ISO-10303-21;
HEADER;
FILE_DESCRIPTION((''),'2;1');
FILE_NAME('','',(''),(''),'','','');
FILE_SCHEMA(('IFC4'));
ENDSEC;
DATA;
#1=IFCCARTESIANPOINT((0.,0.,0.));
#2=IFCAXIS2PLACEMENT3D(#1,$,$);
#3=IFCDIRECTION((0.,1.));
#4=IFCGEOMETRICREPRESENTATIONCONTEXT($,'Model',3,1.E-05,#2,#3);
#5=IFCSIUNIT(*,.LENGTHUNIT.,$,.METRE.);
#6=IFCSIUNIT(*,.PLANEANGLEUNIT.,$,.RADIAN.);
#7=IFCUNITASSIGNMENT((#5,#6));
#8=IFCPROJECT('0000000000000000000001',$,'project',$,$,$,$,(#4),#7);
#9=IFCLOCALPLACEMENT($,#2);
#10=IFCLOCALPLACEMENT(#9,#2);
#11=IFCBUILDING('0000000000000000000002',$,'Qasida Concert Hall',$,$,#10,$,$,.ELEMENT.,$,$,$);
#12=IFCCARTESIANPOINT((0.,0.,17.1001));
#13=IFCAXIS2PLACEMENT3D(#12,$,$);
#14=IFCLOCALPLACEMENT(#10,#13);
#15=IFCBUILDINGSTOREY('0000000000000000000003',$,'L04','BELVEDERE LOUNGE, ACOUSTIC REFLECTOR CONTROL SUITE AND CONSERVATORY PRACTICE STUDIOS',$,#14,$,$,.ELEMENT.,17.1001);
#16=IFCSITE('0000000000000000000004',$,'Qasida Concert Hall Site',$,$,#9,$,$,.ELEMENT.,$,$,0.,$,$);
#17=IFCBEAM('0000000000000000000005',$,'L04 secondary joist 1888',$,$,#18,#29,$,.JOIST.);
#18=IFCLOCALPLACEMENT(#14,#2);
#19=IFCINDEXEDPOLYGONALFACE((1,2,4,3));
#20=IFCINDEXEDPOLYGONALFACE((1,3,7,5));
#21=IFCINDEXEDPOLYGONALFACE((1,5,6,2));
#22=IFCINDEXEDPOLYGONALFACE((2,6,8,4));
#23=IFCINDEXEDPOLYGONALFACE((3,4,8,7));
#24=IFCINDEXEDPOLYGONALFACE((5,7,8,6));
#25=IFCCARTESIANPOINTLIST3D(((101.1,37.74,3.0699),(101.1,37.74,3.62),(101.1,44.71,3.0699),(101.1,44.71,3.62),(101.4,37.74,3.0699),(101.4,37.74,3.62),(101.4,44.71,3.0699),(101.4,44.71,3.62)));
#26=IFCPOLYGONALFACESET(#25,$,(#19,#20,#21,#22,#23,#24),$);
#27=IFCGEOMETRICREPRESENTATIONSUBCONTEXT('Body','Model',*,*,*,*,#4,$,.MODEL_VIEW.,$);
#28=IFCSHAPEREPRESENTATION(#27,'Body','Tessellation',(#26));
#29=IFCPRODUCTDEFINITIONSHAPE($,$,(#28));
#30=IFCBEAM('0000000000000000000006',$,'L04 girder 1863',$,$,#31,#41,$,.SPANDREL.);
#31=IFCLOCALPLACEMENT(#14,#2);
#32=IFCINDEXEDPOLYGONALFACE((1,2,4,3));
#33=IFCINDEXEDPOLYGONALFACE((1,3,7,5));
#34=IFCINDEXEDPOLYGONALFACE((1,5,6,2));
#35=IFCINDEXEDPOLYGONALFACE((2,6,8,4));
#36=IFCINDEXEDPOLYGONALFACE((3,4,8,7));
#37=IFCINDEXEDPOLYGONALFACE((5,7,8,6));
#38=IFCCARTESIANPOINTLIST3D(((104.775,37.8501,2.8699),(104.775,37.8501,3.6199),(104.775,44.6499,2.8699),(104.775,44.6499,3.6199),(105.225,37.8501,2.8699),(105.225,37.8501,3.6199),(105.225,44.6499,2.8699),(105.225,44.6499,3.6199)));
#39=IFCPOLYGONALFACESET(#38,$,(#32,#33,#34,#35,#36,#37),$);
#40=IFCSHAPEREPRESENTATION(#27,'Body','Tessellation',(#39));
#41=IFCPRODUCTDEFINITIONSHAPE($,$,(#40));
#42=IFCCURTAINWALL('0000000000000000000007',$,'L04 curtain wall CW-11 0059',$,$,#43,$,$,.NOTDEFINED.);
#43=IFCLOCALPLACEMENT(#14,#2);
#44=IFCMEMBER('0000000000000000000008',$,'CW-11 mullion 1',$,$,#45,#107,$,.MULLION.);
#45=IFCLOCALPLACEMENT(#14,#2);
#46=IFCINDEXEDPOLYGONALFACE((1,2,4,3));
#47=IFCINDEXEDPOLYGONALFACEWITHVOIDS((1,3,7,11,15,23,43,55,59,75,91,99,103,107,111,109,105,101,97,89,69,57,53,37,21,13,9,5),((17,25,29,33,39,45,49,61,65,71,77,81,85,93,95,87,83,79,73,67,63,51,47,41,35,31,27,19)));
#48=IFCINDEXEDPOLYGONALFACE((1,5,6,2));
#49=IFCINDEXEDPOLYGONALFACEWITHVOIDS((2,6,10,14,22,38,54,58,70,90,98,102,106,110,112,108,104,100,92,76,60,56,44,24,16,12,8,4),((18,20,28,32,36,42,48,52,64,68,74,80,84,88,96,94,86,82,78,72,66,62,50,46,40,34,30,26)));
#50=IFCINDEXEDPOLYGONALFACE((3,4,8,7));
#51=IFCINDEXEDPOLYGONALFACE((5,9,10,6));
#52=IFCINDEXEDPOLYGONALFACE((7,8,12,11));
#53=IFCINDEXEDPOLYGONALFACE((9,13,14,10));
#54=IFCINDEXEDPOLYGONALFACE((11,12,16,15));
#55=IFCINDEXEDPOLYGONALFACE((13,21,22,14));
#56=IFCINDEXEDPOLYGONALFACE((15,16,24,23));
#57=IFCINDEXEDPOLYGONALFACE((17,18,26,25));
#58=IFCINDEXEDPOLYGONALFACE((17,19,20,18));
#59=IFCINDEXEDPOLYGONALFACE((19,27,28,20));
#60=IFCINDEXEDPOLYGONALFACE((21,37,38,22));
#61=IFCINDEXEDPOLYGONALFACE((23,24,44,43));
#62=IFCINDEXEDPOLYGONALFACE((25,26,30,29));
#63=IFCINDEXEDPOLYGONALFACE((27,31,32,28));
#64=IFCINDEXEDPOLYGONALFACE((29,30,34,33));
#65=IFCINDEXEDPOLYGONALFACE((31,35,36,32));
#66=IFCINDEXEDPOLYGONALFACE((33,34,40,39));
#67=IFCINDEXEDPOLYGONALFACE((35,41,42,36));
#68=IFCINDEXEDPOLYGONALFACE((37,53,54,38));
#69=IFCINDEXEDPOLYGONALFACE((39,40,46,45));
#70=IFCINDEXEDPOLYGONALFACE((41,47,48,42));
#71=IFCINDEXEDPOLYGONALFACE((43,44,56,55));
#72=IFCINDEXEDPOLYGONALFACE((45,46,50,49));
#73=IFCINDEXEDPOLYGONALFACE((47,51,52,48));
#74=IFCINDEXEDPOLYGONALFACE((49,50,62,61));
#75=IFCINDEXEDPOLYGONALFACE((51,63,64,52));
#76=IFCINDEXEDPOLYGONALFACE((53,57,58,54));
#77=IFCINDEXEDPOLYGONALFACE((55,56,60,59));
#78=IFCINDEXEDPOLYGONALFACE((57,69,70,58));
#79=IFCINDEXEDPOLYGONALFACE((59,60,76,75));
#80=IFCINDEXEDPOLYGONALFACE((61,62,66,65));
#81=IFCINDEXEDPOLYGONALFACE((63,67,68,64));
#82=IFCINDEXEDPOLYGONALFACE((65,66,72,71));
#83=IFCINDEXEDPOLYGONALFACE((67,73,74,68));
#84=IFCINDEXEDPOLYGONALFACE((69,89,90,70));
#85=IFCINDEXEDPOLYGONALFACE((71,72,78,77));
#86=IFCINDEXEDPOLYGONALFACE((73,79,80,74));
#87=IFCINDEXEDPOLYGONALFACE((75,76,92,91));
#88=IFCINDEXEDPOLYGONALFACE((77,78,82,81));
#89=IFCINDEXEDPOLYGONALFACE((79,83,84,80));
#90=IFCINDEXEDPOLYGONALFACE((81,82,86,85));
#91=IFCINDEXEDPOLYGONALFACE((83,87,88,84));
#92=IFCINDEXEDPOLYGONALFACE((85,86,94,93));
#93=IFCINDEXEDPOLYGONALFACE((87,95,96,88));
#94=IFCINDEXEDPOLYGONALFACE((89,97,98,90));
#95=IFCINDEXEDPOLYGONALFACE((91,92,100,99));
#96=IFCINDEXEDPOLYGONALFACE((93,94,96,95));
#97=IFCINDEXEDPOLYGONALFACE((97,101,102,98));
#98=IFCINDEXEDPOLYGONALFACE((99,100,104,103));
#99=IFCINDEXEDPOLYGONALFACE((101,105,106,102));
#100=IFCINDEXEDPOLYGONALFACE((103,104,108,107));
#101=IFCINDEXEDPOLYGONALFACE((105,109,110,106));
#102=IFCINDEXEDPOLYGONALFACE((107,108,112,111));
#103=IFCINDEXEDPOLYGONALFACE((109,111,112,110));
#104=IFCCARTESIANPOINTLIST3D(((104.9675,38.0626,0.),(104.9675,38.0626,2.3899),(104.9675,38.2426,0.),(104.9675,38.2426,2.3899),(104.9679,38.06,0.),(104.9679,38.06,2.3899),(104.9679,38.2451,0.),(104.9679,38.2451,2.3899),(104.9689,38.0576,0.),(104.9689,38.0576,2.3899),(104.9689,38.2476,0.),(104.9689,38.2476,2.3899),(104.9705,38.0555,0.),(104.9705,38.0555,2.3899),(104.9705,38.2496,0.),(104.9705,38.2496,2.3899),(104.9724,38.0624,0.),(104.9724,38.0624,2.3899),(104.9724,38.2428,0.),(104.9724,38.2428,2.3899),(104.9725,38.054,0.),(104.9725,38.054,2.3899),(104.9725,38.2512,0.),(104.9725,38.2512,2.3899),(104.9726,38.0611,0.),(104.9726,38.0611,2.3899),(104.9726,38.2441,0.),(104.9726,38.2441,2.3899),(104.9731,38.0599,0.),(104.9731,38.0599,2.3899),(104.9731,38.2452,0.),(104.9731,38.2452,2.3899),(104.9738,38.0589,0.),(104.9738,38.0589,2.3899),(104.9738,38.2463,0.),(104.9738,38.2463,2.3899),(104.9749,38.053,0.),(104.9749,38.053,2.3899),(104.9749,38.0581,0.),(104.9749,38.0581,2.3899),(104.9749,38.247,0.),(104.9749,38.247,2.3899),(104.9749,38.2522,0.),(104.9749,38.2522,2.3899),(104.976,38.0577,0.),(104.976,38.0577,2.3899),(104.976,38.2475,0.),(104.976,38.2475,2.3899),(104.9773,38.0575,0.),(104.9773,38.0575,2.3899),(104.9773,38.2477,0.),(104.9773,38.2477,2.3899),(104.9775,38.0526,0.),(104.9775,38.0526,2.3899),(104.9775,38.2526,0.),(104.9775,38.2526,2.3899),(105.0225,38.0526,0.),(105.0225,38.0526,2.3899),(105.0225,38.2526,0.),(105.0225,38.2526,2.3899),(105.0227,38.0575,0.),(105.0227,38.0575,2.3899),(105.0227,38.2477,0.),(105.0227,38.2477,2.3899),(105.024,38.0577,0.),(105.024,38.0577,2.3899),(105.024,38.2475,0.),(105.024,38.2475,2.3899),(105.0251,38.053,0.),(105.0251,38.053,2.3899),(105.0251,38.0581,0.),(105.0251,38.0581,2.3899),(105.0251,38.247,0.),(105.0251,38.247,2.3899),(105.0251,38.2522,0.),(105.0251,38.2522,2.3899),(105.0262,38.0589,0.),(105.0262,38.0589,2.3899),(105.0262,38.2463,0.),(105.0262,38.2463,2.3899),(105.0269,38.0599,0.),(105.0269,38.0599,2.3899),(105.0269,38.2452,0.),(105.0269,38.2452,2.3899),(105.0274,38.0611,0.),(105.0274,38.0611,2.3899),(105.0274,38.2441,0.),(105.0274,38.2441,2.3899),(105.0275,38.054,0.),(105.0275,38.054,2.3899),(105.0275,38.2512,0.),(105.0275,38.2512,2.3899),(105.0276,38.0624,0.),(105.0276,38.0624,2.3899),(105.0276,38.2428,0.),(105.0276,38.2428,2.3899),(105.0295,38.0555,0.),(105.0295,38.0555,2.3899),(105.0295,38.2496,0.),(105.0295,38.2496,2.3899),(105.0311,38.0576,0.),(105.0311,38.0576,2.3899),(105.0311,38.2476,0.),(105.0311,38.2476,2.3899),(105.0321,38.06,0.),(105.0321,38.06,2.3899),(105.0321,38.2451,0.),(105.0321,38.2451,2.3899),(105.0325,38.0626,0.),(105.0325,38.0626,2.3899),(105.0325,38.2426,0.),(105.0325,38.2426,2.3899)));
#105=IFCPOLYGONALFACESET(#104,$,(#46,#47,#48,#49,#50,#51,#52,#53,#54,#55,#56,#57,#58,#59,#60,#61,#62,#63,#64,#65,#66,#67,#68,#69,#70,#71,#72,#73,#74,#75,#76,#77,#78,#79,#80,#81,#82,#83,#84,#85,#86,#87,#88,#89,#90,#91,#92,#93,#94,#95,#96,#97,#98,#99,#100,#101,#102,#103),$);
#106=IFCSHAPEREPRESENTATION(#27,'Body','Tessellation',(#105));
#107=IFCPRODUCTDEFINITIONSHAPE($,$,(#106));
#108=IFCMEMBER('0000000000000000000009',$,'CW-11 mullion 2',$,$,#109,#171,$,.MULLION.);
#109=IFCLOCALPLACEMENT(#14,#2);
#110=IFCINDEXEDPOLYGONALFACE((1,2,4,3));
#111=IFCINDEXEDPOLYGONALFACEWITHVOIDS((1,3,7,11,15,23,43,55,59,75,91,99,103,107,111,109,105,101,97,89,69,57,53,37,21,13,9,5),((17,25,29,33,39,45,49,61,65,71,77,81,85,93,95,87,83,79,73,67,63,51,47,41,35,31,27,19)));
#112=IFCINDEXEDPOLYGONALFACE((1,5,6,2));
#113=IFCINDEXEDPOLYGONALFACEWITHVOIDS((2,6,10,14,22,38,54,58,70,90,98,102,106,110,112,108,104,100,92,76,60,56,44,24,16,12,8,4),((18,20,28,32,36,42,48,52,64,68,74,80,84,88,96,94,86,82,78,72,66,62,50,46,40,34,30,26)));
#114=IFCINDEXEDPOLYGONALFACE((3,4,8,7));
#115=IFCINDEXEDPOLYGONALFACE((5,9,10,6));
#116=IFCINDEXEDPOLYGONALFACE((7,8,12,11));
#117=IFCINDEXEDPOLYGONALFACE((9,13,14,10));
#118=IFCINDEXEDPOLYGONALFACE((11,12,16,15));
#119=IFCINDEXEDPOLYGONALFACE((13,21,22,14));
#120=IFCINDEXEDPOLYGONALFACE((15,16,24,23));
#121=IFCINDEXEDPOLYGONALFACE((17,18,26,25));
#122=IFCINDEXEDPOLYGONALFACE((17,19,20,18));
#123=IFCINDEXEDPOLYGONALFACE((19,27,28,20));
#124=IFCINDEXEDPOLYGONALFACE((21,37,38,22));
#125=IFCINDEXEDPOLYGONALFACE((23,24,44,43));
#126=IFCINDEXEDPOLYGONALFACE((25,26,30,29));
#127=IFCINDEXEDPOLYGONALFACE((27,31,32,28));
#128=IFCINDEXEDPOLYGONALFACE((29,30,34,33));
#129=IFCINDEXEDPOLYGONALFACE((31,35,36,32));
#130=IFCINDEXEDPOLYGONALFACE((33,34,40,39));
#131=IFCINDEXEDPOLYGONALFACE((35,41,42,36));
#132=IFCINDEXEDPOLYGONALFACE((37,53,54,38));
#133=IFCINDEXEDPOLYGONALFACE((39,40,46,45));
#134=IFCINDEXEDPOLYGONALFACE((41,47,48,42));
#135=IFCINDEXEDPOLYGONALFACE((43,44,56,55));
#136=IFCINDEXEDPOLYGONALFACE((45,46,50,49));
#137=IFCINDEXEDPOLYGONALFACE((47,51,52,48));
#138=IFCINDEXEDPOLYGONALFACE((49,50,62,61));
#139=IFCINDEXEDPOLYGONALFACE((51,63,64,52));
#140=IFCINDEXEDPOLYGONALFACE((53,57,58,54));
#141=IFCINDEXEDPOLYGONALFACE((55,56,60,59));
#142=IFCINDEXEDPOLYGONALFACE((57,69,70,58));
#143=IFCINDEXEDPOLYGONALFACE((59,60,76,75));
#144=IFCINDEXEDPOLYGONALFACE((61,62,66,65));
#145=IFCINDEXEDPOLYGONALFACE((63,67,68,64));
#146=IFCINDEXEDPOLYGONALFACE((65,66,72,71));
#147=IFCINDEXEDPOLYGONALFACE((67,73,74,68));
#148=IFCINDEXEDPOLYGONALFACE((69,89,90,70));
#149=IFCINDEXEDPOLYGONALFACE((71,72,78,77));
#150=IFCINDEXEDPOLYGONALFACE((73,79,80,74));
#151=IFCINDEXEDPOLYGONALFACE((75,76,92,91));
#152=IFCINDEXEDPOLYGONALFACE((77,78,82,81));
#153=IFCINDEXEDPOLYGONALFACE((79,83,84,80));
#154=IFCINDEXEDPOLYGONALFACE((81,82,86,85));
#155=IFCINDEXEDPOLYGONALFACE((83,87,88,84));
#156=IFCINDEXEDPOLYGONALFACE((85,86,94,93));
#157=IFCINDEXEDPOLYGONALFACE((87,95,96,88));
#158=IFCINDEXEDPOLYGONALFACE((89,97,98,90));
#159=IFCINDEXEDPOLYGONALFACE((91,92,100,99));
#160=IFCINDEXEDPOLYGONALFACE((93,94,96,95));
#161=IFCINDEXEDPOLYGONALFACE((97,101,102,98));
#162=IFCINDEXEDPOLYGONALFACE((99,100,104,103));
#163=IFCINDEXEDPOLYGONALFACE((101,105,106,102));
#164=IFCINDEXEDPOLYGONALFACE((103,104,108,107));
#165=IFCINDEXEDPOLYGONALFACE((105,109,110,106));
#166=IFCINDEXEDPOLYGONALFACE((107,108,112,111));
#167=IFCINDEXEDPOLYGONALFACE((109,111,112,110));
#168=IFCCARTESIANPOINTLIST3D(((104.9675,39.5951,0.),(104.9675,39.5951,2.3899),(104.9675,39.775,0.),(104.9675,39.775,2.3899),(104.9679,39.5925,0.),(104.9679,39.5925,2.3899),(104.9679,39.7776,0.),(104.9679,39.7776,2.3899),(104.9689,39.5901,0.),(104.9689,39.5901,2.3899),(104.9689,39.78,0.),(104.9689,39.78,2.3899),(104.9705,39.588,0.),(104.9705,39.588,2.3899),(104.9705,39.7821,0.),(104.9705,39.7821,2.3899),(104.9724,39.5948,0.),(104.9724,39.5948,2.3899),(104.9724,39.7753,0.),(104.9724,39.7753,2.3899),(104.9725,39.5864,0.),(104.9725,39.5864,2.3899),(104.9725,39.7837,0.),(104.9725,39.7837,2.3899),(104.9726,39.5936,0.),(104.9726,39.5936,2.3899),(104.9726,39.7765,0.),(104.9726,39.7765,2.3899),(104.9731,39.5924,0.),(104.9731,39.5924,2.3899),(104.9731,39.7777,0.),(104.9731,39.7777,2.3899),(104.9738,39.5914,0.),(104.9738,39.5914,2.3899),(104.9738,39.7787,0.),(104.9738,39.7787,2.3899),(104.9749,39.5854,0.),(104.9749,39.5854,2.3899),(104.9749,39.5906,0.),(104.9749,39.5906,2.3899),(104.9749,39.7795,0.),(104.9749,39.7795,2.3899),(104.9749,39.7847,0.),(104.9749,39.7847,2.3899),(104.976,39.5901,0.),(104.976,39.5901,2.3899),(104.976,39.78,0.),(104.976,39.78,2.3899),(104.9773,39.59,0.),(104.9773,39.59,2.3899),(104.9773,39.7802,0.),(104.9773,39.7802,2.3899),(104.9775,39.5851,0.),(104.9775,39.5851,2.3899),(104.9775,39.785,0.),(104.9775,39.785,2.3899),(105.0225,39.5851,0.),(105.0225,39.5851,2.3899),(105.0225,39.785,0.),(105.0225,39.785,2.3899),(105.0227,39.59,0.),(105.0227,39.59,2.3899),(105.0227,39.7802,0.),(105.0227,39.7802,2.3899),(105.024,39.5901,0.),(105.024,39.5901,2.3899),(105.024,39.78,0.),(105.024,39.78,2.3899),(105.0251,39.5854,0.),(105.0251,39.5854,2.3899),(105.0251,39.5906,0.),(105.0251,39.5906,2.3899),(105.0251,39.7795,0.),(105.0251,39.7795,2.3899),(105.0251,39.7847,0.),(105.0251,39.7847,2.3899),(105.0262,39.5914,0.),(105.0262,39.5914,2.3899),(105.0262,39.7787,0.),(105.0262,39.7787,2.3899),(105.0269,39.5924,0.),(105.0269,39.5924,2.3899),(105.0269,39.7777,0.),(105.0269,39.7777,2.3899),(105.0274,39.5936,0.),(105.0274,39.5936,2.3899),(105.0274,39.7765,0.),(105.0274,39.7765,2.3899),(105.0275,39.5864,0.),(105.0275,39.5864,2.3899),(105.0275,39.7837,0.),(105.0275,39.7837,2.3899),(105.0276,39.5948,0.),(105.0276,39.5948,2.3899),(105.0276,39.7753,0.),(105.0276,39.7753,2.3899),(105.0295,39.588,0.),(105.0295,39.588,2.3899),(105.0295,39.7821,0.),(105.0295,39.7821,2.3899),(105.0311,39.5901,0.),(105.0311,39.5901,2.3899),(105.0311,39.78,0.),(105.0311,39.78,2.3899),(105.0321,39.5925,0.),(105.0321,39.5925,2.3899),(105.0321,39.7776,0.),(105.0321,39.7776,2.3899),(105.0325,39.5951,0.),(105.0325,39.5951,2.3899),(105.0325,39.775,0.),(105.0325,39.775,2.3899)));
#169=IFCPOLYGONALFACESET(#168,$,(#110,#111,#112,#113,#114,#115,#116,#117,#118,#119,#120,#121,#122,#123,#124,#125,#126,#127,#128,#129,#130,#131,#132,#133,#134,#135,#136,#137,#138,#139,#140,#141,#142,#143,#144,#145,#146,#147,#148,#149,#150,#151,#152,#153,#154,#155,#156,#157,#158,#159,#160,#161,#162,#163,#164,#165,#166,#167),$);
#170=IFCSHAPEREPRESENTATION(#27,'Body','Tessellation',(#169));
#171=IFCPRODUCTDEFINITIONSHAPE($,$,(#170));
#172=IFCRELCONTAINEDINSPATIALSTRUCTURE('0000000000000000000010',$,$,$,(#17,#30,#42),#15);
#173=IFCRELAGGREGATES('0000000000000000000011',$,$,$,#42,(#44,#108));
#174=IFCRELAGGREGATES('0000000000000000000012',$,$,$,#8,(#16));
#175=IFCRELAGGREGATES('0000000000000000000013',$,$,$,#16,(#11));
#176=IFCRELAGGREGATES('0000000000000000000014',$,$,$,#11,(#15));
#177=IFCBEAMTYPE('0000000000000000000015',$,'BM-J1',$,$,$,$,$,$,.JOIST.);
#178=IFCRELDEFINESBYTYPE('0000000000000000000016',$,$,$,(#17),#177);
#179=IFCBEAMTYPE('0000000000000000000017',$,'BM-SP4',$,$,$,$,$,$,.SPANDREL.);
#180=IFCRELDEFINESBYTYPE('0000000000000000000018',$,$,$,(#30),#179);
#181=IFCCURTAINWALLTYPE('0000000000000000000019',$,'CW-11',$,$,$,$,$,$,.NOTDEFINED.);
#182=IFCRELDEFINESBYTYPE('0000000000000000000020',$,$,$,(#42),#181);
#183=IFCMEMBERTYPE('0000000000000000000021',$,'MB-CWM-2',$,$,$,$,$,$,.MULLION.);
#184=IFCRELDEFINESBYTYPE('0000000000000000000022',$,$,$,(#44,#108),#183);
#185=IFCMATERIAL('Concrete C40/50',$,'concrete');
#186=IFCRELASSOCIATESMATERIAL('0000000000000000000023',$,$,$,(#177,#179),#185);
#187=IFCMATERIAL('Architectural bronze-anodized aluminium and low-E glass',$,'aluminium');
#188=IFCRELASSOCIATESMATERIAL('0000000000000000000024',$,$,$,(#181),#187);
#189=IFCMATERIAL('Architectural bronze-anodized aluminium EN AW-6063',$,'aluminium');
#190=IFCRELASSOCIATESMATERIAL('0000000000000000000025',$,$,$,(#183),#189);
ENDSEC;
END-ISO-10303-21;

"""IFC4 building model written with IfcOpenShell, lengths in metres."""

from ifc_helpers import new_model, si_unit, direction, frame, origin, origin_2d, place, context, subcontext, project, spatial, rectangle, hollow_rectangle, extrude, material, material_profile, profile_set, type_object, element, aggregate, save


model = new_model("IFC4")

# Units and contexts
model_context = context("Model", 3, precision=1e-05, world=origin(), true_north=direction((0.0, 1.0)))
body_context = subcontext(model_context, "Body", "Model", "MODEL_VIEW")
ifc_project = project(units=[si_unit("LENGTHUNIT", "METRE"), si_unit("PLANEANGLEUNIT", "RADIAN")], contexts=[model_context])

# Site, building, storey
site_placement = place(None, origin())
site = spatial("IfcSite", under=ifc_project, at=site_placement, Name="Qasida Concert Hall Site", CompositionType="ELEMENT", RefElevation=0.0)
building_placement = place(site_placement, origin())
building = spatial("IfcBuilding", under=site, at=building_placement, Name="Qasida Concert Hall", CompositionType="ELEMENT")
storey_placement = place(building_placement, frame((0.0, 0.0, 17.1001)))
storey = spatial("IfcBuildingStorey", under=building, at=storey_placement, Name="L04", Description="BELVEDERE LOUNGE, ACOUSTIC REFLECTOR CONTROL SUITE AND CONSERVATORY PRACTICE STUDIOS", CompositionType="ELEMENT", Elevation=17.1001)

# Beams
ifc_material_1 = material(Name="Concrete C40/50", Category="concrete")
ifc_material_profile_1 = material_profile(ifc_material_1, rectangle(XDim=0.3, YDim=0.55, at=origin_2d()), Name="RC 300x550")
ifc_profile_set_1 = profile_set([ifc_material_profile_1], Name="Concrete C40/50")
beam_type_1 = type_object("IfcBeamType", Name="BM-J1", PredefinedType="JOIST", material=ifc_profile_set_1)
beam_1_placement = place(storey_placement, frame((101.25, 37.74, 3.345), z_axis=(0.0, 1.0, 0.0), x_axis=(-1.0, 0.0, 0.0)))
element("IfcBeam", 1, at=beam_1_placement, inside=storey, type_object=beam_type_1, Name="L04 secondary joist 1888", PredefinedType="JOIST", context=body_context, shape_type="SweptSolid", body=[
    extrude(rectangle(XDim=0.3, YDim=0.55, at=origin_2d()), origin(), (0.0, 0.0, 1.0), 6.97),
])
ifc_material_profile_2 = material_profile(ifc_material_1, rectangle(XDim=0.45, YDim=0.75, at=origin_2d()), Name="RC 450x750")
ifc_profile_set_2 = profile_set([ifc_material_profile_2], Name="Concrete C40/50")
beam_type_2 = type_object("IfcBeamType", Name="BM-SP4", PredefinedType="SPANDREL", material=ifc_profile_set_2)
beam_2_placement = place(storey_placement, frame((105.0, 37.8501, 3.2449), z_axis=(0.0, 1.0, 0.0), x_axis=(-1.0, 0.0, 0.0)))
element("IfcBeam", 2, at=beam_2_placement, inside=storey, type_object=beam_type_2, Name="L04 girder 1863", PredefinedType="SPANDREL", context=body_context, shape_type="SweptSolid", body=[
    extrude(rectangle(XDim=0.45, YDim=0.75, at=origin_2d()), origin(), (0.0, 0.0, 1.0), 6.7998),
])

# Curtain wall, members
ifc_material_2 = material(Name="Architectural bronze-anodized aluminium and low-E glass", Category="aluminium")
curtain_wall_type = type_object("IfcCurtainWallType", Name="CW-11", PredefinedType="NOTDEFINED", material=ifc_material_2)
curtain_wall_placement = place(storey_placement, origin())
curtain_wall = element("IfcCurtainWall", 3, at=curtain_wall_placement, inside=storey, type_object=curtain_wall_type, Name="L04 curtain wall CW-11 0059", PredefinedType="NOTDEFINED")
ifc_material_3 = material(Name="Architectural bronze-anodized aluminium EN AW-6063", Category="aluminium")
ifc_material_profile_3 = material_profile(ifc_material_3, hollow_rectangle(XDim=0.0649, YDim=0.2, WallThickness=0.0049, InnerFilletRadius=0.0049, OuterFilletRadius=0.01, at=origin_2d()), Name="CWM 200x65x5")
ifc_profile_set_3 = profile_set([ifc_material_profile_3], Name="Architectural bronze-anodized aluminium EN AW-6063")
member_type_1 = type_object("IfcMemberType", Name="MB-CWM-2", PredefinedType="MULLION", material=ifc_profile_set_3)
member_1_placement = place(storey_placement, frame((105.0, 38.1526, 0.0), z_axis=(0.0, 0.0, 1.0), x_axis=(-1.0, 0.0, 0.0)))
member_1 = element("IfcMember", 4, at=member_1_placement, type_object=member_type_1, Name="CW-11 mullion 1", PredefinedType="MULLION", context=body_context, shape_type="SweptSolid", body=[
    extrude(hollow_rectangle(XDim=0.0649, YDim=0.2, WallThickness=0.0049, InnerFilletRadius=0.0049, OuterFilletRadius=0.01, at=origin_2d()), origin(), (0.0, 0.0, 1.0), 2.3899),
])
member_2_placement = place(storey_placement, frame((105.0, 39.6851, 0.0), z_axis=(0.0, 0.0, 1.0), x_axis=(-1.0, 0.0, 0.0)))
member_2 = element("IfcMember", 5, at=member_2_placement, type_object=member_type_1, Name="CW-11 mullion 2", PredefinedType="MULLION", context=body_context, shape_type="SweptSolid", body=[
    extrude(hollow_rectangle(XDim=0.0649, YDim=0.2, WallThickness=0.0049, InnerFilletRadius=0.0049, OuterFilletRadius=0.01, at=origin_2d()), origin(), (0.0, 0.0, 1.0), 2.3899),
])
aggregate(curtain_wall, [member_1, member_2])

save(model, "model.ifc")
